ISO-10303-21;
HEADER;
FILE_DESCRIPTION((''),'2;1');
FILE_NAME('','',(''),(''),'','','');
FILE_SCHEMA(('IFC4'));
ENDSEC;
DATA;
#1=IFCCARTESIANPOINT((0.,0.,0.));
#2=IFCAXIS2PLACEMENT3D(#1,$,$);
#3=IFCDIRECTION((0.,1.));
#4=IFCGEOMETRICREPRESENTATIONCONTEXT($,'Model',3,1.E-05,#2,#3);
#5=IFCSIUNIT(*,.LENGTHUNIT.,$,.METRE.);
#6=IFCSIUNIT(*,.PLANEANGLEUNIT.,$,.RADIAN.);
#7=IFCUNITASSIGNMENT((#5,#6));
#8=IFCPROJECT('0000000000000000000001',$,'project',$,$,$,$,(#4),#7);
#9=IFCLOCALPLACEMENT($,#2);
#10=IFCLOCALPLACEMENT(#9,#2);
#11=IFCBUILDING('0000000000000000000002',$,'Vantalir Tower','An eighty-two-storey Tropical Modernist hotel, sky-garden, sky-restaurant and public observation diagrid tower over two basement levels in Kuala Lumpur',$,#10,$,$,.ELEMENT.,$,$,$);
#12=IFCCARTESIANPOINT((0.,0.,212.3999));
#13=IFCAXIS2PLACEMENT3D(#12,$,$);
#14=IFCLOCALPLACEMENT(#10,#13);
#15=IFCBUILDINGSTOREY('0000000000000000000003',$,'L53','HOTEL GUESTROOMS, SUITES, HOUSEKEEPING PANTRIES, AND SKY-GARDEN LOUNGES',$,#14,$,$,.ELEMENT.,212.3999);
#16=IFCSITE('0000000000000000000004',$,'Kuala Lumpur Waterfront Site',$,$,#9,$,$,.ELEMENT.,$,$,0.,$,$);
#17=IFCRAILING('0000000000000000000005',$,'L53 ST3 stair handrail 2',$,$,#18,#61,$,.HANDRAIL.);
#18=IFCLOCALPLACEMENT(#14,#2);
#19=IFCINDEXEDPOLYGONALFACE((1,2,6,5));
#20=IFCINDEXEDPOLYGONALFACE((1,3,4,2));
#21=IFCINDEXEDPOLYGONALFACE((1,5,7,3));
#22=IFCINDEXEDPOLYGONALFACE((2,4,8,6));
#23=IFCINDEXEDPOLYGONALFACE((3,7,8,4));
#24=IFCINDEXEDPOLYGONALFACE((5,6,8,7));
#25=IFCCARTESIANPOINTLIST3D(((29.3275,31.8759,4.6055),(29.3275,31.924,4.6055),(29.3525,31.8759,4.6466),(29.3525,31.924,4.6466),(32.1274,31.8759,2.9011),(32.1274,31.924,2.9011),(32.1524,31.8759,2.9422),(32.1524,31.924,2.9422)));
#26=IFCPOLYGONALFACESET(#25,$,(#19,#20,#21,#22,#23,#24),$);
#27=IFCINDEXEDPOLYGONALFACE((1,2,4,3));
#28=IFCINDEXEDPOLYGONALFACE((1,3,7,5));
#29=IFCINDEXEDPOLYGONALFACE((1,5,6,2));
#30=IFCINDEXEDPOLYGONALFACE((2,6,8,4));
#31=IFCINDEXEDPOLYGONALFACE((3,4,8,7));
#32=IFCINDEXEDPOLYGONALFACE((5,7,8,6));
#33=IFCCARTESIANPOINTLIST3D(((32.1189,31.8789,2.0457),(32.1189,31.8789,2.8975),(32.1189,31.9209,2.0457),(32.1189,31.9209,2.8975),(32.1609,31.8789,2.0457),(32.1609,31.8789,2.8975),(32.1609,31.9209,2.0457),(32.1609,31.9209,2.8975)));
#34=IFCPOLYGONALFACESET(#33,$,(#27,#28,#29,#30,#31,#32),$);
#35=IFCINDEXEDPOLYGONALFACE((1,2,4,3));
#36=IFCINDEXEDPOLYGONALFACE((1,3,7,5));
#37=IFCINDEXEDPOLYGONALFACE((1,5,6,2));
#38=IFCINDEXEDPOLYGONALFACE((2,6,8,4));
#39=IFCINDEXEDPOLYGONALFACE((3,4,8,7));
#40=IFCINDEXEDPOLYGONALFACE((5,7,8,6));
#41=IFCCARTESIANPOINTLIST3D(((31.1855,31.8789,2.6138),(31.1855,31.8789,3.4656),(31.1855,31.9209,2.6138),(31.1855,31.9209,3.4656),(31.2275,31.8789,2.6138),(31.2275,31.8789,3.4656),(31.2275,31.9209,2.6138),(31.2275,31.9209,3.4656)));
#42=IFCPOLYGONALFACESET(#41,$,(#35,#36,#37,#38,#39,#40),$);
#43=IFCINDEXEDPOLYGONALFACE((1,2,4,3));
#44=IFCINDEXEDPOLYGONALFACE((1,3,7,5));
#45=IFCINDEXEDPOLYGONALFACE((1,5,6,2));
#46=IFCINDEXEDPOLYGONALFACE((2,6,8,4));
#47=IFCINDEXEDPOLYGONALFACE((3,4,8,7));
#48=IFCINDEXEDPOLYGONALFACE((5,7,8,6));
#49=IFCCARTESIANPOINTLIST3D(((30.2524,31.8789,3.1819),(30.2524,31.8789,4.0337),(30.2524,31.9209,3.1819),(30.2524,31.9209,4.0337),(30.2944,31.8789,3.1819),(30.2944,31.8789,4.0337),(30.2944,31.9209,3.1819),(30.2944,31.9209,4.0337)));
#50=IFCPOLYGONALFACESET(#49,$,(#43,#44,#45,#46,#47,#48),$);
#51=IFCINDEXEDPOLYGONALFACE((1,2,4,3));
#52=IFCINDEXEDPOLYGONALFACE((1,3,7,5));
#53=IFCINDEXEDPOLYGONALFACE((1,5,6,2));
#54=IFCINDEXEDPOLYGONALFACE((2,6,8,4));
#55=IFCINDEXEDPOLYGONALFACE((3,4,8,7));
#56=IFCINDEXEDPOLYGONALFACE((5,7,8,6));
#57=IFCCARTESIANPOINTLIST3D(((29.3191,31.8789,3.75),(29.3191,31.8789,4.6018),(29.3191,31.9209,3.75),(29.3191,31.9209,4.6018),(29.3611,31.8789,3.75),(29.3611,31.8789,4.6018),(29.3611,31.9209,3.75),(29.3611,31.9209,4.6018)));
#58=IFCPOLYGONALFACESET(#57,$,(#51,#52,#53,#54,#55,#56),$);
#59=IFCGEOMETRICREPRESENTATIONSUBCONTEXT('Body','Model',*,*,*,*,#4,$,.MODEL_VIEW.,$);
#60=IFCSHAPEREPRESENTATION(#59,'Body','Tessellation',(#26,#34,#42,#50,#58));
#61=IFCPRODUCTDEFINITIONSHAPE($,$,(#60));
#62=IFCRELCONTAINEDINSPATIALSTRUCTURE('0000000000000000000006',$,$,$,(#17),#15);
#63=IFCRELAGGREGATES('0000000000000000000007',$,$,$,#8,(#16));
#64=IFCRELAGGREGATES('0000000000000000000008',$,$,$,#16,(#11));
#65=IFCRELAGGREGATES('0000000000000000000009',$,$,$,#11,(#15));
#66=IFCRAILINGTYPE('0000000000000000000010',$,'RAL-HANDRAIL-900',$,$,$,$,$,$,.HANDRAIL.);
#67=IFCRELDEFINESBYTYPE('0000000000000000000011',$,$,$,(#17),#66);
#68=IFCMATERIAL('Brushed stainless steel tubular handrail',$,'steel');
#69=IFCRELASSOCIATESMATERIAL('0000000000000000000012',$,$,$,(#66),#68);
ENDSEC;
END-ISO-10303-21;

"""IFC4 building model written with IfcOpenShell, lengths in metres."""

from ifc_helpers import new_model, si_unit, direction, frame, origin, origin_2d, place, context, subcontext, project, spatial, rectangle, extrude, material, type_object, element, save


model = new_model("IFC4")

# Units and contexts
model_context = context("Model", 3, precision=1e-05, world=origin(), true_north=direction((0.0, 1.0)))
body_context = subcontext(model_context, "Body", "Model", "MODEL_VIEW")
ifc_project = project(units=[si_unit("LENGTHUNIT", "METRE"), si_unit("PLANEANGLEUNIT", "RADIAN")], contexts=[model_context])

# Site, building, storey
site_placement = place(None, origin())
site = spatial("IfcSite", under=ifc_project, at=site_placement, Name="Kuala Lumpur Waterfront Site", CompositionType="ELEMENT", RefElevation=0.0)
building_placement = place(site_placement, origin())
building = spatial("IfcBuilding", under=site, at=building_placement, Name="Vantalir Tower", Description="An eighty-two-storey Tropical Modernist hotel, sky-garden, sky-restaurant and public observation diagrid tower over two basement levels in Kuala Lumpur", CompositionType="ELEMENT")
storey_placement = place(building_placement, frame((0.0, 0.0, 212.3999)))
storey = spatial("IfcBuildingStorey", under=building, at=storey_placement, Name="L53", Description="HOTEL GUESTROOMS, SUITES, HOUSEKEEPING PANTRIES, AND SKY-GARDEN LOUNGES", CompositionType="ELEMENT", Elevation=212.3999)

# Railing
ifc_material_1 = material(Name="Brushed stainless steel tubular handrail", Category="steel")
railing_type_1 = type_object("IfcRailingType", Name="RAL-HANDRAIL-900", PredefinedType="HANDRAIL", material=ifc_material_1)
railing_1_placement = place(storey_placement, frame((32.1399, 31.8999, 2.0457)))
element("IfcRailing", 1, at=railing_1_placement, inside=storey, type_object=railing_type_1, Name="L53 ST3 stair handrail 2", PredefinedType="HANDRAIL", context=body_context, shape_type="SweptSolid", body=[
    extrude(rectangle(XDim=0.0481, YDim=0.0481, at=origin_2d()), frame((0.0, 0.0, 0.876), z_axis=(-0.854183, 0.0, 0.519973), x_axis=(0.0, -1.0, 0.0)), (0.0, 0.0, 1.0), 3.2778),
    extrude(rectangle(XDim=0.042, YDim=0.042, at=origin_2d()), origin(), (0.0, 0.0, 1.0), 0.8518),
    extrude(rectangle(XDim=0.042, YDim=0.042, at=origin_2d()), frame((-0.9333, 0.0, 0.5681)), (0.0, 0.0, 1.0), 0.8518),
    extrude(rectangle(XDim=0.042, YDim=0.042, at=origin_2d()), frame((-1.8665, 0.0, 1.1362)), (0.0, 0.0, 1.0), 0.8518),
    extrude(rectangle(XDim=0.042, YDim=0.042, at=origin_2d()), frame((-2.7998, 0.0, 1.7043)), (0.0, 0.0, 1.0), 0.8518),
])

save(model, "model.ifc")
